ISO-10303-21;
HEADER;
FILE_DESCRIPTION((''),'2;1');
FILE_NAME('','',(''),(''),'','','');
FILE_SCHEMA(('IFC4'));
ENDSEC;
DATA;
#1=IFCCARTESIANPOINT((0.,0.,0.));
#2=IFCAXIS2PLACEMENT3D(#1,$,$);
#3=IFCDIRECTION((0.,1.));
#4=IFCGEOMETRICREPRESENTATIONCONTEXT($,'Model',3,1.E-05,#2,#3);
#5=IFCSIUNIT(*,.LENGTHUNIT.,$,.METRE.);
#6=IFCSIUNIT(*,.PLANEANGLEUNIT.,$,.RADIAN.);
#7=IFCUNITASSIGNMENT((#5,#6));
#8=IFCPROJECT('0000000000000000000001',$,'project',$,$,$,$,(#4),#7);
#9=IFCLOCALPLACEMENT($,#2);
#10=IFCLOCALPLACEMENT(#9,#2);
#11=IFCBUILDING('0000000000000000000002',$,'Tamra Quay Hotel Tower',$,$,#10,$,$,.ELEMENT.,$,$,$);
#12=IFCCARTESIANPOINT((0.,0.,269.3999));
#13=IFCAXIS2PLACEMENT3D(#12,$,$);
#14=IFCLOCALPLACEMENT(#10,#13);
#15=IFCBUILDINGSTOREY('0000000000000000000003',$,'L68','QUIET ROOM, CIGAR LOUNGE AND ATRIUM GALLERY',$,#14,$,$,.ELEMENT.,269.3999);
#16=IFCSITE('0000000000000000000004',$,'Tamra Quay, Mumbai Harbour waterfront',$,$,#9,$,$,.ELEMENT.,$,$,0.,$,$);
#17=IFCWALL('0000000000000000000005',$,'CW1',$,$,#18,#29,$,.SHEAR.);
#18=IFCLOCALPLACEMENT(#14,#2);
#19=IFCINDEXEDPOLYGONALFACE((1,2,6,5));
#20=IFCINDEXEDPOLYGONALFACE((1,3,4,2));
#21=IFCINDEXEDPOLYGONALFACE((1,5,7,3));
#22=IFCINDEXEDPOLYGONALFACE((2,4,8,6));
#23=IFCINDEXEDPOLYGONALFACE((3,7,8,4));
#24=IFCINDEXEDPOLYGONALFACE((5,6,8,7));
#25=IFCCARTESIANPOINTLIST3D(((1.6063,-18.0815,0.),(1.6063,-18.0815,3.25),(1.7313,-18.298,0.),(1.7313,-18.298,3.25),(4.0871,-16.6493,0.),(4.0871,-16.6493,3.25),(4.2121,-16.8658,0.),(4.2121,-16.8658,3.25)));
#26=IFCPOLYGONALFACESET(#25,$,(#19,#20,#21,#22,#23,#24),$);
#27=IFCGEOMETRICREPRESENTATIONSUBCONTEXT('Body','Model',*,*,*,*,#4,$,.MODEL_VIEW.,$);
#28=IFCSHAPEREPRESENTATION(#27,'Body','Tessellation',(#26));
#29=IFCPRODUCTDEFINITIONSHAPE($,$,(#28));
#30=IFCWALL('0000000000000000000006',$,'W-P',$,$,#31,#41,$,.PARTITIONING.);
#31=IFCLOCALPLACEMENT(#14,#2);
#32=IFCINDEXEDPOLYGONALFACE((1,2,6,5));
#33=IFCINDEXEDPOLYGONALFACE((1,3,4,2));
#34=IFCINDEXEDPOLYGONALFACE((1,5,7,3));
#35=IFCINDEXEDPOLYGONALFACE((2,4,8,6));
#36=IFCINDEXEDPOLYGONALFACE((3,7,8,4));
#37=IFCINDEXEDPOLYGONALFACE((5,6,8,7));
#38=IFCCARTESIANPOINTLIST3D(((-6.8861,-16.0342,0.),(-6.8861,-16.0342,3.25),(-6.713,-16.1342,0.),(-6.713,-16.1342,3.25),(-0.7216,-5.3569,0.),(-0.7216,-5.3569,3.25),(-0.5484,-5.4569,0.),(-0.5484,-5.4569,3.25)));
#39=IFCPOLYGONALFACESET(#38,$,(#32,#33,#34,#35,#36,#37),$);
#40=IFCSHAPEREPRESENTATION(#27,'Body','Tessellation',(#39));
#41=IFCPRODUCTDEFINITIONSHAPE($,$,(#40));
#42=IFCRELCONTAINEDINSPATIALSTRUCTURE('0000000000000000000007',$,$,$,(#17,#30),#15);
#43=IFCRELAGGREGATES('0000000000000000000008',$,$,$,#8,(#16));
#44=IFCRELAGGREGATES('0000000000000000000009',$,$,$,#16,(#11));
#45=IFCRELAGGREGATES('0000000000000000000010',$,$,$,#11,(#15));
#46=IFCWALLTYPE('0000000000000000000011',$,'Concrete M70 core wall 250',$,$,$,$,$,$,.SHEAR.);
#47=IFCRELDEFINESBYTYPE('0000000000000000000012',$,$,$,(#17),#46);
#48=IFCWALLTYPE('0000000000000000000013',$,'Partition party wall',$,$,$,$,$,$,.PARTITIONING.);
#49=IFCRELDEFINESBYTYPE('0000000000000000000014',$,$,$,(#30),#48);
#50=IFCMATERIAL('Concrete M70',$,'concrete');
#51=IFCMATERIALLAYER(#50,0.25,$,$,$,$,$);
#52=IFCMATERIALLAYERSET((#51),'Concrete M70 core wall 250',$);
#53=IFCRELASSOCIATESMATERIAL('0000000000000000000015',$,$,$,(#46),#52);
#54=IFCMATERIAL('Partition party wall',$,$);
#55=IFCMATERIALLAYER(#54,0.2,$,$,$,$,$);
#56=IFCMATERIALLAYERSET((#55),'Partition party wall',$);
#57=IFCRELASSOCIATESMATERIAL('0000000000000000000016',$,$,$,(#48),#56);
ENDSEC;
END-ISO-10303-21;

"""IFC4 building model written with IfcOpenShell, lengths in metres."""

from ifc_helpers import new_model, si_unit, direction, frame, frame_2d, origin, place, context, subcontext, project, spatial, rectangle, extrude, material, layer, layer_set, type_object, element, save


model = new_model("IFC4")

# Units and contexts
model_context = context("Model", 3, precision=1e-05, world=origin(), true_north=direction((0.0, 1.0)))
body_context = subcontext(model_context, "Body", "Model", "MODEL_VIEW")
ifc_project = project(units=[si_unit("LENGTHUNIT", "METRE"), si_unit("PLANEANGLEUNIT", "RADIAN")], contexts=[model_context])

# Site, building, storey
site_placement = place(None, origin())
site = spatial("IfcSite", under=ifc_project, at=site_placement, Name="Tamra Quay, Mumbai Harbour waterfront", CompositionType="ELEMENT", RefElevation=0.0)
building_placement = place(site_placement, origin())
building = spatial("IfcBuilding", under=site, at=building_placement, Name="Tamra Quay Hotel Tower", CompositionType="ELEMENT")
storey_placement = place(building_placement, frame((0.0, 0.0, 269.3999)))
storey = spatial("IfcBuildingStorey", under=building, at=storey_placement, Name="L68", Description="QUIET ROOM, CIGAR LOUNGE AND ATRIUM GALLERY", CompositionType="ELEMENT", Elevation=269.3999)

# Shared definitions
ifc_material_1 = material(Name="Concrete M70", Category="concrete")

# Walls
ifc_layer_1 = layer(ifc_material_1, 0.25)
ifc_layer_set_1 = layer_set([ifc_layer_1], Name="Concrete M70 core wall 250")
wall_type_1 = type_object("IfcWallType", Name="Concrete M70 core wall 250", PredefinedType="SHEAR", material=ifc_layer_set_1)
wall_1_placement = place(storey_placement, frame((1.6689, -18.1897, 0.0), z_axis=(0.0, 0.0, 1.0), x_axis=(0.866042, 0.499971, 0.0)))
element("IfcWall", 1, at=wall_1_placement, inside=storey, type_object=wall_type_1, Name="CW1", PredefinedType="SHEAR", context=body_context, shape_type="SweptSolid", body=[
    extrude(rectangle(XDim=2.8645, YDim=0.25, at=frame_2d((1.4321, 0.0))), origin(), (0.0, 0.0, 1.0), 3.25),
])
ifc_material_2 = material(Name="Partition party wall")
ifc_layer_2 = layer(ifc_material_2, 0.2)
ifc_layer_set_2 = layer_set([ifc_layer_2], Name="Partition party wall")
wall_type_2 = type_object("IfcWallType", Name="Partition party wall", PredefinedType="PARTITIONING", material=ifc_layer_set_2)
wall_2_placement = place(storey_placement, frame((-6.7996, -16.0842, 0.0), z_axis=(0.0, 0.0, 1.0), x_axis=(0.500002, 0.866024, 0.0)))
element("IfcWall", 2, at=wall_2_placement, inside=storey, type_object=wall_type_2, Name="W-P", PredefinedType="PARTITIONING", context=body_context, shape_type="SweptSolid", body=[
    extrude(rectangle(XDim=12.3291, YDim=0.2, at=frame_2d((6.1646, 0.0))), origin(), (0.0, 0.0, 1.0), 3.25),
])

save(model, "model.ifc")
